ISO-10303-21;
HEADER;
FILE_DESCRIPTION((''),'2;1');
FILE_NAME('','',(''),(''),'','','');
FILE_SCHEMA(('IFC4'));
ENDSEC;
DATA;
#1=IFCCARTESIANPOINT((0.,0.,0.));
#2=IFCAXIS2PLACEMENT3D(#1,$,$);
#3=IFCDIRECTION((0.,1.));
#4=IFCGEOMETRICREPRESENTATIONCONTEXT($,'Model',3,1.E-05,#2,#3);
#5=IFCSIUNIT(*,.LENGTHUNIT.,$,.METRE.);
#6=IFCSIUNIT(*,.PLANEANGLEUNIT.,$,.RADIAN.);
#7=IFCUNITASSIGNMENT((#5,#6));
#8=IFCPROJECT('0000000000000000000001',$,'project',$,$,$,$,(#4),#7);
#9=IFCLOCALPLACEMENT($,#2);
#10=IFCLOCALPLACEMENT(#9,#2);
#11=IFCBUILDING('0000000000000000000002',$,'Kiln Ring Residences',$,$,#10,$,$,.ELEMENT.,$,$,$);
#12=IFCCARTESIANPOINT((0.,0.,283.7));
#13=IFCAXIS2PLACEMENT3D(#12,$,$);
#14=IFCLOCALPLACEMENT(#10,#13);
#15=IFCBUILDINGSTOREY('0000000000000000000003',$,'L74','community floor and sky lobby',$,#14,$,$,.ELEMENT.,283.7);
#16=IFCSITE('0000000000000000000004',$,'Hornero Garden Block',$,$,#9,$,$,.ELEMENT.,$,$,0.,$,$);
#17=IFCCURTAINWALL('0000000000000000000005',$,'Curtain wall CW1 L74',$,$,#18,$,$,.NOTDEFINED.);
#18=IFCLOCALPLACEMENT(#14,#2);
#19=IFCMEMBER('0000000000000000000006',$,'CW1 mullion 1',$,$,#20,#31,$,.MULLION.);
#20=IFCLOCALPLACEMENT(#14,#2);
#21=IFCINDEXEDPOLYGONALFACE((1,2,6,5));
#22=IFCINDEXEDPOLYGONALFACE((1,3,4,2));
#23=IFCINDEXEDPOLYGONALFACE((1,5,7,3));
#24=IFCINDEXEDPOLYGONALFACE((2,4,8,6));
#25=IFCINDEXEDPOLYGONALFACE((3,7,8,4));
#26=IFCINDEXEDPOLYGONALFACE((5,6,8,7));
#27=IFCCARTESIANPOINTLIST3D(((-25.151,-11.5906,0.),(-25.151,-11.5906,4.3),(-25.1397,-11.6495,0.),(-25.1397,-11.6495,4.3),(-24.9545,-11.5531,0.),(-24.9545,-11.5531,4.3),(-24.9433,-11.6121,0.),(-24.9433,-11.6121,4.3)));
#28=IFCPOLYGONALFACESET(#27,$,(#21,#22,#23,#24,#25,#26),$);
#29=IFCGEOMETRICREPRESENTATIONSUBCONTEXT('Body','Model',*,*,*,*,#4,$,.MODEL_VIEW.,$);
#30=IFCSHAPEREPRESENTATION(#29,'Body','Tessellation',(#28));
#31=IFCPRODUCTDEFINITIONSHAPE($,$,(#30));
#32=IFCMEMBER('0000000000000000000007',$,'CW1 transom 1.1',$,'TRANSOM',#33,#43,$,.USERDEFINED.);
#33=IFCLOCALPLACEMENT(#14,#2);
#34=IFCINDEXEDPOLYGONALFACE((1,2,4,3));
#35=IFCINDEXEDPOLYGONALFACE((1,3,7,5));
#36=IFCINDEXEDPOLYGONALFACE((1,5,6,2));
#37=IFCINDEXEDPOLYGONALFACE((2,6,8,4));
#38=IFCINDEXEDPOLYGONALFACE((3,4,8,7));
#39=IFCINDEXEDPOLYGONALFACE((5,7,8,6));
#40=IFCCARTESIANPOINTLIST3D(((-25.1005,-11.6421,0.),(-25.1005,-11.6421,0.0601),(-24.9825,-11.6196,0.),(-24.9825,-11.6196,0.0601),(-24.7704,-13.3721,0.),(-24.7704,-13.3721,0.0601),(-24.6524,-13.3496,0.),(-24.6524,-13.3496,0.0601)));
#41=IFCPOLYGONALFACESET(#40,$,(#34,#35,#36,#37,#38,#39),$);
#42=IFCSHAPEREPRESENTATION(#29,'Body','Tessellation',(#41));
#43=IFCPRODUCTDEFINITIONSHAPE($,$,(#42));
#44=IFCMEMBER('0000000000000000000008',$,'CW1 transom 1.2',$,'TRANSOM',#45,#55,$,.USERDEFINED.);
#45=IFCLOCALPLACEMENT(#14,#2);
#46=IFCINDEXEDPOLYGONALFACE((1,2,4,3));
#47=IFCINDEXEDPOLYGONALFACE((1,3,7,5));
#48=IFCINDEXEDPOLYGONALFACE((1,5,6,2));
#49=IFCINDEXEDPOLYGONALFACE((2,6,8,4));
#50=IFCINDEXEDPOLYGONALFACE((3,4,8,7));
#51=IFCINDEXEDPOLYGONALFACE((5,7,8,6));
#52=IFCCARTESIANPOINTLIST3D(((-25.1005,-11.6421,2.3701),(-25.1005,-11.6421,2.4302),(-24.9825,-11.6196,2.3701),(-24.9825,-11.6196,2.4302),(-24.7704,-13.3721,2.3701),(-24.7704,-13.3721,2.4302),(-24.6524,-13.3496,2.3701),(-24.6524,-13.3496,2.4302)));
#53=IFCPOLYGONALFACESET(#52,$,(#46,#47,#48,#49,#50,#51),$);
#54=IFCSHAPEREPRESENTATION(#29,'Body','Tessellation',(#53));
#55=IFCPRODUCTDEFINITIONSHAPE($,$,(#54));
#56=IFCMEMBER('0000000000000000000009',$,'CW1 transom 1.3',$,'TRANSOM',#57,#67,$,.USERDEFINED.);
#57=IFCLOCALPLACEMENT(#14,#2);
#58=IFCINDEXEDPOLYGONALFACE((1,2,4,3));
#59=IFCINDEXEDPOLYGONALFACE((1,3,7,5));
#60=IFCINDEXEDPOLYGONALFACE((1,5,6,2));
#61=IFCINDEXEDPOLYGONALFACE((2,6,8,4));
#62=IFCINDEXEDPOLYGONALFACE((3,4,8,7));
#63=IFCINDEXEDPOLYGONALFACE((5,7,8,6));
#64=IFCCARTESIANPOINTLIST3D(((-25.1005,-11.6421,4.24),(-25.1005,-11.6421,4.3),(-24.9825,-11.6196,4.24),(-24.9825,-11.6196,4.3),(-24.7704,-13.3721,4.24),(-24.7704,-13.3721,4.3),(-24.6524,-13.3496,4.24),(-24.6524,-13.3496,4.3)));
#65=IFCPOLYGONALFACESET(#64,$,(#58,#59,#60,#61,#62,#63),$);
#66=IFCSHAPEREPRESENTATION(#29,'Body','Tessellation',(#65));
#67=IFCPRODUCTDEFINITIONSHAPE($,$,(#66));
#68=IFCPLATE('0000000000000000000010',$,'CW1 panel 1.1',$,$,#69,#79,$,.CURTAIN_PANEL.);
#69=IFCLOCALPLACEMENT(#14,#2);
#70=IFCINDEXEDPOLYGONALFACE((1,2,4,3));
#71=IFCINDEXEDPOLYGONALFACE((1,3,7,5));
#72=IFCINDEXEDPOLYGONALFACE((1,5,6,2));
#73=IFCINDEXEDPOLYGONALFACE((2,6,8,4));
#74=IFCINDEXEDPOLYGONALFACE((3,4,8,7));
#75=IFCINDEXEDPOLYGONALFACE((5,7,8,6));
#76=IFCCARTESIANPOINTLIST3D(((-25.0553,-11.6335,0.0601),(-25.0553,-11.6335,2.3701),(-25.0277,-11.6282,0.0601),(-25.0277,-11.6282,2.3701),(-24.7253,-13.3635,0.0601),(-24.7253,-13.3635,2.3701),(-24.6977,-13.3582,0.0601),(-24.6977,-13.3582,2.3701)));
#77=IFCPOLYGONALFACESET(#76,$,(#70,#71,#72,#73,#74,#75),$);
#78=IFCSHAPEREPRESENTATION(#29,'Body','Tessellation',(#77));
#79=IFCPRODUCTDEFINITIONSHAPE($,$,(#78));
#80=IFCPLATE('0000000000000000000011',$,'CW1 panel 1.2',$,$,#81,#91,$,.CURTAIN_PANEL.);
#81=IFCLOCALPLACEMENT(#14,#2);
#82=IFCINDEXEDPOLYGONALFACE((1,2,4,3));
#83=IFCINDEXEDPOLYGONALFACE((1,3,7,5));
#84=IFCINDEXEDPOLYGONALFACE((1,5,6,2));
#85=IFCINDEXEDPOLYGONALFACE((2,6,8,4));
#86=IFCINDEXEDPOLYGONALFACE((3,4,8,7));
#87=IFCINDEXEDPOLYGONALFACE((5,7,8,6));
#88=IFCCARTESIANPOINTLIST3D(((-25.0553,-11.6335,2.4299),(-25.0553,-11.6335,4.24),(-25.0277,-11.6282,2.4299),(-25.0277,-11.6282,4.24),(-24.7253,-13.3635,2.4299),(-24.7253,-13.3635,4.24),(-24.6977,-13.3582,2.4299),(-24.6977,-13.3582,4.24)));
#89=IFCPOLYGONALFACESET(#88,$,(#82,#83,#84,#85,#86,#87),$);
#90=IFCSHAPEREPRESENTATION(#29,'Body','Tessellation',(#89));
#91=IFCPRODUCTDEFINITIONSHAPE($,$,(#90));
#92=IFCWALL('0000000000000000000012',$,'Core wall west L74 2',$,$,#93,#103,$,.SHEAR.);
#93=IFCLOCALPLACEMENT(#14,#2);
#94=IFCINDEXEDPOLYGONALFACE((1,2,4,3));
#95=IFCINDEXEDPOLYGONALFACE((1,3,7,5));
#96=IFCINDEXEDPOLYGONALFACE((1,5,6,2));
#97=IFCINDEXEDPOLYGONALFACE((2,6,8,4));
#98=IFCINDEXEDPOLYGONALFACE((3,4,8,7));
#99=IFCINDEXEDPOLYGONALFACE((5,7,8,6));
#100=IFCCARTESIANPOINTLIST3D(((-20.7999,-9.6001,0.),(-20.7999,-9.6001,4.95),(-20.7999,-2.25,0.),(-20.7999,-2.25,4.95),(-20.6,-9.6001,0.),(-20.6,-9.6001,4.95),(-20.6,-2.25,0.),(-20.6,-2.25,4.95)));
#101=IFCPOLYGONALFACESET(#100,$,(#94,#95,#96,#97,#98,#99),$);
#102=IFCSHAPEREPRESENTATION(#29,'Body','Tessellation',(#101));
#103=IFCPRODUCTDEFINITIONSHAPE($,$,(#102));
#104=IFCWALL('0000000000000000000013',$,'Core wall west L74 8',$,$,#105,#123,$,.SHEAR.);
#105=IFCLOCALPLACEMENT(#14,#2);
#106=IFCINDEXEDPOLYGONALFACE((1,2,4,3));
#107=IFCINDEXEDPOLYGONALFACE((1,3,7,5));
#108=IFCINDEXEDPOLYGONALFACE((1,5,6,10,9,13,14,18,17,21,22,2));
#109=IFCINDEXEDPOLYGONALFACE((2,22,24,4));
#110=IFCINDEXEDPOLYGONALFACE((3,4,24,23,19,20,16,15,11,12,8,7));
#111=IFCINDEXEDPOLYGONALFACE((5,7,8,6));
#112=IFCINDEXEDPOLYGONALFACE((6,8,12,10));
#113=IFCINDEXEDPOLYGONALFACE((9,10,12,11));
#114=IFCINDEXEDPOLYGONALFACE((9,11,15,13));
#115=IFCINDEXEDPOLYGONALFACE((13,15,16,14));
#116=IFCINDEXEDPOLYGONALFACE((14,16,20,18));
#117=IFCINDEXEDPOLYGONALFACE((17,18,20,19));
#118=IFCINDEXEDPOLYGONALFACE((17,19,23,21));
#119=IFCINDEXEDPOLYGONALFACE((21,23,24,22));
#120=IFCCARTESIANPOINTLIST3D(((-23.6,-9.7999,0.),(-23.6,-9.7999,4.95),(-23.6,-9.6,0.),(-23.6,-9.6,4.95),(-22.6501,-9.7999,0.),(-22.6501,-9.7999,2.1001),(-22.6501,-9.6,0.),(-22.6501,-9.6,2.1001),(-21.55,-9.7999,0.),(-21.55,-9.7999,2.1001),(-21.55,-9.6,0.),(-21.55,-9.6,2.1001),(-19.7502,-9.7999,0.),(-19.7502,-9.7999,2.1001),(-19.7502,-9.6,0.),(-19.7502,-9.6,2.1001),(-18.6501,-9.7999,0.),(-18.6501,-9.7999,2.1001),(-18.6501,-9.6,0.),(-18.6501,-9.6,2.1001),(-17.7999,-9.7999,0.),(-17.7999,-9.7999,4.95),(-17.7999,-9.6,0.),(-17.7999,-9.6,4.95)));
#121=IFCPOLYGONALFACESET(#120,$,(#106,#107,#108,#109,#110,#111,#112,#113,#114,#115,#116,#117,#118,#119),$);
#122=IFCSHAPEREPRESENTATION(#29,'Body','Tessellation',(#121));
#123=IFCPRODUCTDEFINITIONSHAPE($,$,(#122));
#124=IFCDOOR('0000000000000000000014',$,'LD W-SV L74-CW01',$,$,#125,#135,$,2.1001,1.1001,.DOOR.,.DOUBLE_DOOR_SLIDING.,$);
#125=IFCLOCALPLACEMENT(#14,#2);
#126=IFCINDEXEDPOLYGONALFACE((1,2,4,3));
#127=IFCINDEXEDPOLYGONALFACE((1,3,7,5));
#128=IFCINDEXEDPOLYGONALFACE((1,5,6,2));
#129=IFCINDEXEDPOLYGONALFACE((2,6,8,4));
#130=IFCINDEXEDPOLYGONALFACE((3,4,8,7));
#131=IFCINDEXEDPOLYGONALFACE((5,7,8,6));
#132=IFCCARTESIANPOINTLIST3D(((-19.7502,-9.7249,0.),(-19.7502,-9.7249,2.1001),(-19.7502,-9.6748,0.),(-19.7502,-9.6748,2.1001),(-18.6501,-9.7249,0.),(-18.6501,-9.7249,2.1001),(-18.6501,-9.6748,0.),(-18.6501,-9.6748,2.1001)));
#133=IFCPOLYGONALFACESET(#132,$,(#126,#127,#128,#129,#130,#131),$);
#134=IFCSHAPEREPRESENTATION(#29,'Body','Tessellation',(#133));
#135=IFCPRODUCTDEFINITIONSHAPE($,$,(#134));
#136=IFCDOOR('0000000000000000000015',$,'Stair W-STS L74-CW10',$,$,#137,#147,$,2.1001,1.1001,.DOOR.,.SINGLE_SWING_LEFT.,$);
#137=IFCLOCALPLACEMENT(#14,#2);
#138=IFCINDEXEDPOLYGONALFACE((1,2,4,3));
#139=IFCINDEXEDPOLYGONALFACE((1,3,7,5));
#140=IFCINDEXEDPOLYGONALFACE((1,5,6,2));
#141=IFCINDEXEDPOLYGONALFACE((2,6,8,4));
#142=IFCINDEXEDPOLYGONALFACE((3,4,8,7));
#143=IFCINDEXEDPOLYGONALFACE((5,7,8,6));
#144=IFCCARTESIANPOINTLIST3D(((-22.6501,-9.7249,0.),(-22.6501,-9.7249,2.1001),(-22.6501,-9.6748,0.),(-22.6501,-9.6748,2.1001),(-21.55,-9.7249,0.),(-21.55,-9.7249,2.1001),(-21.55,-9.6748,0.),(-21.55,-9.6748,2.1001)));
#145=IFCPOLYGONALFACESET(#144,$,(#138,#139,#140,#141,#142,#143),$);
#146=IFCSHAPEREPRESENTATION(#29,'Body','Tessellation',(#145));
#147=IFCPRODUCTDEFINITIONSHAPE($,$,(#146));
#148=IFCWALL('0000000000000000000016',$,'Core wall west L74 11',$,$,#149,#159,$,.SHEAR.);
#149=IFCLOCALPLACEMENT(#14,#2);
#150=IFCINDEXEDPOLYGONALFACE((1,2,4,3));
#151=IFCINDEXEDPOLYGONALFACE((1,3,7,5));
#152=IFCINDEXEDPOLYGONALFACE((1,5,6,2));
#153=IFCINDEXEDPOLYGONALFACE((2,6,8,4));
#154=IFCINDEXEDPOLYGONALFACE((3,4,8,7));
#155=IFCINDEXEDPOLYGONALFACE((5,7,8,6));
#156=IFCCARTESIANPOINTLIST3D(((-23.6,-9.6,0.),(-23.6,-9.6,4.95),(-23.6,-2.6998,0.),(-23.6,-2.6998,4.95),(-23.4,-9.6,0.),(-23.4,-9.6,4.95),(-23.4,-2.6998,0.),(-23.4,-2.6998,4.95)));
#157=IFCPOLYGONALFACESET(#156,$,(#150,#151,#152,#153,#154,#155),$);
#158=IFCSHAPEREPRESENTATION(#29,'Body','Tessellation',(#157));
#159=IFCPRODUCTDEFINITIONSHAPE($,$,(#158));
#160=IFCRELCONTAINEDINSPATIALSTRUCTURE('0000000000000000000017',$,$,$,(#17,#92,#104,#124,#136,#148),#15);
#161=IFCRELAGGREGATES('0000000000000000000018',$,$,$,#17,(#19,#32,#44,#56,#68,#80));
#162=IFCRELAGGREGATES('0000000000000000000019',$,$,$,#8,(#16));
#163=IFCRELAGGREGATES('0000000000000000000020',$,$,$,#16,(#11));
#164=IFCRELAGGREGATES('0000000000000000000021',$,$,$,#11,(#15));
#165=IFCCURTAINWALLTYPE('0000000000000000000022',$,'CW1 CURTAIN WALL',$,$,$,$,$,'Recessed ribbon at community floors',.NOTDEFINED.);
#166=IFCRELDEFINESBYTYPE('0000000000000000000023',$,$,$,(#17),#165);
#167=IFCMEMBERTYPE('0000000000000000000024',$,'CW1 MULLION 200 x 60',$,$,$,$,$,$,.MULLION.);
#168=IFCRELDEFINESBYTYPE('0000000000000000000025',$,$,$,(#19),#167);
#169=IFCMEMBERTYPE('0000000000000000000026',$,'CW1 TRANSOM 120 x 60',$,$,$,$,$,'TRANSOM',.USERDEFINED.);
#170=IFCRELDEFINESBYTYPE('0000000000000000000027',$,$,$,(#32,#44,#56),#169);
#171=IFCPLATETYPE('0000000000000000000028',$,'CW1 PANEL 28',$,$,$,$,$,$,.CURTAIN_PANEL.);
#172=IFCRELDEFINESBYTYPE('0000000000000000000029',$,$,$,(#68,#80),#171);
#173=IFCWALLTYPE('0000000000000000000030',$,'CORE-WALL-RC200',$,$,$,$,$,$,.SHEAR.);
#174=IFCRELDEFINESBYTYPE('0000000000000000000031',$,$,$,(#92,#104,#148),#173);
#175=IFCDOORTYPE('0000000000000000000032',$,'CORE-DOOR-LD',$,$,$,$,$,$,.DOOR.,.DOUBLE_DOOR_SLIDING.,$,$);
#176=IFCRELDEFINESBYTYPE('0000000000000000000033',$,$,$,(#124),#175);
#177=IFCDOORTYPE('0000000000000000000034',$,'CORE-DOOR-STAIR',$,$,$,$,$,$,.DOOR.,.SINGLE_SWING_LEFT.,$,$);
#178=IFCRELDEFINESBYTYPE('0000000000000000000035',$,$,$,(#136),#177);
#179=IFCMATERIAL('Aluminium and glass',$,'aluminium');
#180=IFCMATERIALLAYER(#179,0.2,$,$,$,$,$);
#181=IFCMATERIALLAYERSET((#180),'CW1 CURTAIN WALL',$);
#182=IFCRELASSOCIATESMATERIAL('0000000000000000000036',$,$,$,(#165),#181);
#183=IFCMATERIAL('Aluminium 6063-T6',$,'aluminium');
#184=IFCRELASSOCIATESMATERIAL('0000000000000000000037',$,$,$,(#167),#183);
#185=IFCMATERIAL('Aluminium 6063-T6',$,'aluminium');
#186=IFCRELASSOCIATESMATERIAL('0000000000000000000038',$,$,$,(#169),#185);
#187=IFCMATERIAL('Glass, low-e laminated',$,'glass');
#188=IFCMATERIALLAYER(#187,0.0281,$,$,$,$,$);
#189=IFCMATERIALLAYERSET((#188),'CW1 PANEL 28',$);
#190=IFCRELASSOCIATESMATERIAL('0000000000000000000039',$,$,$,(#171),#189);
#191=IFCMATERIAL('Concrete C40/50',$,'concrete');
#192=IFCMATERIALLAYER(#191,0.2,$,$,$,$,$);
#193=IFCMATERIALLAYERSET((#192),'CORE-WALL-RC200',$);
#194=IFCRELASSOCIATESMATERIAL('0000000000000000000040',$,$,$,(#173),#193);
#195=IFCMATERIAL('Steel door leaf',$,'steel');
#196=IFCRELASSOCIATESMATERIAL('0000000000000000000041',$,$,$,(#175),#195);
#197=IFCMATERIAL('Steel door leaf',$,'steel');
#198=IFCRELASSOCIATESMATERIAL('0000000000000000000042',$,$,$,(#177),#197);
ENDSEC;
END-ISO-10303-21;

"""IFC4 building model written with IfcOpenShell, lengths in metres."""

from ifc_helpers import new_model, si_unit, direction, frame, frame_2d, origin, origin_2d, place, context, subcontext, project, spatial, rectangle, extrude, material, layer, layer_set, material_profile, profile_set, type_object, element, fill, aggregate, save


model = new_model("IFC4")

# Units and contexts
model_context = context("Model", 3, precision=1e-05, world=origin(), true_north=direction((0.0, 1.0)))
body_context = subcontext(model_context, "Body", "Model", "MODEL_VIEW")
ifc_project = project(units=[si_unit("LENGTHUNIT", "METRE"), si_unit("PLANEANGLEUNIT", "RADIAN")], contexts=[model_context])

# Site, building, storey
site_placement = place(None, origin())
site = spatial("IfcSite", under=ifc_project, at=site_placement, Name="Hornero Garden Block", CompositionType="ELEMENT", RefElevation=0.0)
building_placement = place(site_placement, origin())
building = spatial("IfcBuilding", under=site, at=building_placement, Name="Kiln Ring Residences", CompositionType="ELEMENT")
storey_placement = place(building_placement, frame((0.0, 0.0, 283.7)))
storey = spatial("IfcBuildingStorey", under=building, at=storey_placement, Name="L74", Description="community floor and sky lobby", CompositionType="ELEMENT", Elevation=283.7)

# Curtain wall, members, plates
ifc_material_1 = material(Name="Aluminium and glass", Category="aluminium")
ifc_layer_1 = layer(ifc_material_1, 0.2)
ifc_layer_set_1 = layer_set([ifc_layer_1], Name="CW1 CURTAIN WALL")
curtain_wall_type = type_object("IfcCurtainWallType", Name="CW1 CURTAIN WALL", ElementType="Recessed ribbon at community floors", PredefinedType="NOTDEFINED", material=ifc_layer_set_1)
placement = place(storey_placement, origin())
curtain_wall = element("IfcCurtainWall", 1, at=placement, inside=storey, type_object=curtain_wall_type, Name="Curtain wall CW1 L74", PredefinedType="NOTDEFINED")
ifc_material_2 = material(Name="Aluminium 6063-T6", Category="aluminium")
ifc_material_profile_1 = material_profile(ifc_material_2, rectangle(XDim=0.2, YDim=0.0601, at=origin_2d()), Name="AL 200x60")
ifc_profile_set_1 = profile_set([ifc_material_profile_1], Name="Aluminium 6063-T6")
member_type_1 = type_object("IfcMemberType", Name="CW1 MULLION 200 x 60", PredefinedType="MULLION", material=ifc_profile_set_1)
member_1_placement = place(storey_placement, frame((-25.0471, -11.6013, 0.0), z_axis=(0.0, 0.0, 1.0), x_axis=(0.98229, 0.187366, 0.0)))
member_1 = element("IfcMember", 2, at=member_1_placement, type_object=member_type_1, Name="CW1 mullion 1", PredefinedType="MULLION", context=body_context, shape_type="SweptSolid", body=[
    extrude(rectangle(XDim=0.2, YDim=0.0601, at=origin_2d()), origin(), (0.0, 0.0, 1.0), 4.3),
])
ifc_material_3 = material(Name="Aluminium 6063-T6", Category="aluminium")
ifc_material_profile_2 = material_profile(ifc_material_3, rectangle(XDim=0.1201, YDim=0.0601, at=origin_2d()), Name="AL 120x60")
ifc_profile_set_2 = profile_set([ifc_material_profile_2], Name="Aluminium 6063-T6")
member_type_2 = type_object("IfcMemberType", Name="CW1 TRANSOM 120 x 60", ElementType="TRANSOM", PredefinedType="USERDEFINED", material=ifc_profile_set_2)
member_2_placement = place(storey_placement, frame((-25.0415, -11.6309, 0.03), z_axis=(0.187418, -0.98228, 0.0), x_axis=(0.98228, 0.187418, 0.0)))
member_2 = element("IfcMember", 3, at=member_2_placement, type_object=member_type_2, Name="CW1 transom 1.1", ObjectType="TRANSOM", PredefinedType="USERDEFINED", context=body_context, shape_type="SweptSolid", body=[
    extrude(rectangle(XDim=0.1201, YDim=0.0601, at=origin_2d()), origin(), (0.0, 0.0, 1.0), 1.7612),
])
member_3_placement = place(storey_placement, frame((-25.0415, -11.6309, 2.4001), z_axis=(0.187418, -0.98228, 0.0), x_axis=(0.98228, 0.187418, 0.0)))
member_3 = element("IfcMember", 4, at=member_3_placement, type_object=member_type_2, Name="CW1 transom 1.2", ObjectType="TRANSOM", PredefinedType="USERDEFINED", context=body_context, shape_type="SweptSolid", body=[
    extrude(rectangle(XDim=0.1201, YDim=0.0601, at=origin_2d()), origin(), (0.0, 0.0, 1.0), 1.7612),
])
member_4_placement = place(storey_placement, frame((-25.0415, -11.6309, 4.27), z_axis=(0.187418, -0.98228, 0.0), x_axis=(0.98228, 0.187418, 0.0)))
member_4 = element("IfcMember", 5, at=member_4_placement, type_object=member_type_2, Name="CW1 transom 1.3", ObjectType="TRANSOM", PredefinedType="USERDEFINED", context=body_context, shape_type="SweptSolid", body=[
    extrude(rectangle(XDim=0.1201, YDim=0.0601, at=origin_2d()), origin(), (0.0, 0.0, 1.0), 1.7612),
])
ifc_material_4 = material(Name="Glass, low-e laminated", Category="glass")
ifc_layer_2 = layer(ifc_material_4, 0.0281)
ifc_layer_set_2 = layer_set([ifc_layer_2], Name="CW1 PANEL 28")
plate_type = type_object("IfcPlateType", Name="CW1 PANEL 28", PredefinedType="CURTAIN_PANEL", material=ifc_layer_set_2)
plate_1_placement = place(storey_placement, frame((-24.8765, -12.4958, 0.0601), z_axis=(0.0, 0.0, 1.0), x_axis=(0.187366, -0.98229, 0.0)))
plate_1 = element("IfcPlate", 6, at=plate_1_placement, type_object=plate_type, Name="CW1 panel 1.1", PredefinedType="CURTAIN_PANEL", context=body_context, shape_type="SweptSolid", body=[
    extrude(rectangle(XDim=1.7612, YDim=0.0281, at=origin_2d()), origin(), (0.0, 0.0, 1.0), 2.3101),
])
plate_2_placement = place(storey_placement, frame((-24.8765, -12.4958, 2.4299), z_axis=(0.0, 0.0, 1.0), x_axis=(0.187366, -0.98229, 0.0)))
plate_2 = element("IfcPlate", 7, at=plate_2_placement, type_object=plate_type, Name="CW1 panel 1.2", PredefinedType="CURTAIN_PANEL", context=body_context, shape_type="SweptSolid", body=[
    extrude(rectangle(XDim=1.7612, YDim=0.0281, at=origin_2d()), origin(), (0.0, 0.0, 1.0), 1.8101),
])
aggregate(curtain_wall, [member_1, member_2, member_3, member_4, plate_1, plate_2])

# Wall
ifc_material_5 = material(Name="Concrete C40/50", Category="concrete")
ifc_layer_3 = layer(ifc_material_5, 0.2)
ifc_layer_set_3 = layer_set([ifc_layer_3], Name="CORE-WALL-RC200")
wall_type_1 = type_object("IfcWallType", Name="CORE-WALL-RC200", PredefinedType="SHEAR", material=ifc_layer_set_3)
wall_1_placement = place(storey_placement, frame((-20.7, -9.6001, 0.0), z_axis=(0.0, 0.0, 1.0), x_axis=(0.0, 1.0, 0.0)))
element("IfcWall", 8, at=wall_1_placement, inside=storey, type_object=wall_type_1, Name="Core wall west L74 2", PredefinedType="SHEAR", context=body_context, shape_type="SweptSolid", body=[
    extrude(rectangle(XDim=7.3501, YDim=0.2, at=frame_2d((3.675, 0.0))), origin(), (0.0, 0.0, 1.0), 4.95),
])

# Wall, openings, doors
wall_2_placement = place(storey_placement, frame((-17.8, -9.7, 0.0), z_axis=(0.0, 0.0, 1.0), x_axis=(-1.0, 0.0, 0.0)))
wall_2 = element("IfcWall", 9, at=wall_2_placement, inside=storey, type_object=wall_type_1, Name="Core wall west L74 8", PredefinedType="SHEAR", context=body_context, shape_type="SweptSolid", body=[
    extrude(rectangle(XDim=5.8, YDim=0.2, at=frame_2d((2.8999, 0.0))), origin(), (0.0, 0.0, 1.0), 4.95),
])
opening_1_placement = place(wall_2_placement, frame((0.8501, 0.0, 0.0)))
opening_1 = element("IfcOpeningElement", 10, at=opening_1_placement, cuts=wall_2, PredefinedType="OPENING", context=body_context, shape_type="SweptSolid", body=[
    extrude(rectangle(XDim=1.1001, YDim=2.1001, at=frame_2d((0.55, 1.05))), frame((0.0, 0.1099, 0.0), z_axis=(0.0, -1.0, 0.0), x_axis=(1.0, 0.0, 0.0)), (0.0, 0.0, 1.0), 0.22),
])
opening_2_placement = place(wall_2_placement, frame((3.75, 0.0, 0.0)))
opening_2 = element("IfcOpeningElement", 11, at=opening_2_placement, cuts=wall_2, PredefinedType="OPENING", context=body_context, shape_type="SweptSolid", body=[
    extrude(rectangle(XDim=1.1001, YDim=2.1001, at=frame_2d((0.55, 1.05))), frame((0.0, 0.1099, 0.0), z_axis=(0.0, -1.0, 0.0), x_axis=(1.0, 0.0, 0.0)), (0.0, 0.0, 1.0), 0.22),
])
ifc_material_6 = material(Name="Steel door leaf", Category="steel")
door_type_1 = type_object("IfcDoorType", Name="CORE-DOOR-LD", OperationType="DOUBLE_DOOR_SLIDING", PredefinedType="DOOR", material=ifc_material_6)
door_1_placement = place(opening_1_placement, origin())
door_1 = element("IfcDoor", 12, at=door_1_placement, inside=storey, type_object=door_type_1, Name="LD W-SV L74-CW01", OperationType="DOUBLE_DOOR_SLIDING", OverallHeight=2.1001, OverallWidth=1.1001, PredefinedType="DOOR", context=body_context, shape_type="SweptSolid", body=[
    extrude(rectangle(XDim=1.1001, YDim=2.1001, at=frame_2d((0.55, 1.05))), frame((0.0, 0.0249, 0.0), z_axis=(0.0, -1.0, 0.0), x_axis=(1.0, 0.0, 0.0)), (0.0, 0.0, 1.0), 0.05),
])
fill(opening_1, door_1)
ifc_material_7 = material(Name="Steel door leaf", Category="steel")
door_type_2 = type_object("IfcDoorType", Name="CORE-DOOR-STAIR", OperationType="SINGLE_SWING_LEFT", PredefinedType="DOOR", material=ifc_material_7)
door_2_placement = place(opening_2_placement, origin())
door_2 = element("IfcDoor", 13, at=door_2_placement, inside=storey, type_object=door_type_2, Name="Stair W-STS L74-CW10", OperationType="SINGLE_SWING_LEFT", OverallHeight=2.1001, OverallWidth=1.1001, PredefinedType="DOOR", context=body_context, shape_type="SweptSolid", body=[
    extrude(rectangle(XDim=1.1001, YDim=2.1001, at=frame_2d((0.55, 1.05))), frame((0.0, 0.0249, 0.0), z_axis=(0.0, -1.0, 0.0), x_axis=(1.0, 0.0, 0.0)), (0.0, 0.0, 1.0), 0.05),
])
fill(opening_2, door_2)

# Wall
wall_3_placement = place(storey_placement, frame((-23.5, -9.6001, 0.0), z_axis=(0.0, 0.0, 1.0), x_axis=(0.0, 1.0, 0.0)))
element("IfcWall", 14, at=wall_3_placement, inside=storey, type_object=wall_type_1, Name="Core wall west L74 11", PredefinedType="SHEAR", context=body_context, shape_type="SweptSolid", body=[
    extrude(rectangle(XDim=6.9001, YDim=0.2, at=frame_2d((3.4502, 0.0))), origin(), (0.0, 0.0, 1.0), 4.95),
])

save(model, "model.ifc")
